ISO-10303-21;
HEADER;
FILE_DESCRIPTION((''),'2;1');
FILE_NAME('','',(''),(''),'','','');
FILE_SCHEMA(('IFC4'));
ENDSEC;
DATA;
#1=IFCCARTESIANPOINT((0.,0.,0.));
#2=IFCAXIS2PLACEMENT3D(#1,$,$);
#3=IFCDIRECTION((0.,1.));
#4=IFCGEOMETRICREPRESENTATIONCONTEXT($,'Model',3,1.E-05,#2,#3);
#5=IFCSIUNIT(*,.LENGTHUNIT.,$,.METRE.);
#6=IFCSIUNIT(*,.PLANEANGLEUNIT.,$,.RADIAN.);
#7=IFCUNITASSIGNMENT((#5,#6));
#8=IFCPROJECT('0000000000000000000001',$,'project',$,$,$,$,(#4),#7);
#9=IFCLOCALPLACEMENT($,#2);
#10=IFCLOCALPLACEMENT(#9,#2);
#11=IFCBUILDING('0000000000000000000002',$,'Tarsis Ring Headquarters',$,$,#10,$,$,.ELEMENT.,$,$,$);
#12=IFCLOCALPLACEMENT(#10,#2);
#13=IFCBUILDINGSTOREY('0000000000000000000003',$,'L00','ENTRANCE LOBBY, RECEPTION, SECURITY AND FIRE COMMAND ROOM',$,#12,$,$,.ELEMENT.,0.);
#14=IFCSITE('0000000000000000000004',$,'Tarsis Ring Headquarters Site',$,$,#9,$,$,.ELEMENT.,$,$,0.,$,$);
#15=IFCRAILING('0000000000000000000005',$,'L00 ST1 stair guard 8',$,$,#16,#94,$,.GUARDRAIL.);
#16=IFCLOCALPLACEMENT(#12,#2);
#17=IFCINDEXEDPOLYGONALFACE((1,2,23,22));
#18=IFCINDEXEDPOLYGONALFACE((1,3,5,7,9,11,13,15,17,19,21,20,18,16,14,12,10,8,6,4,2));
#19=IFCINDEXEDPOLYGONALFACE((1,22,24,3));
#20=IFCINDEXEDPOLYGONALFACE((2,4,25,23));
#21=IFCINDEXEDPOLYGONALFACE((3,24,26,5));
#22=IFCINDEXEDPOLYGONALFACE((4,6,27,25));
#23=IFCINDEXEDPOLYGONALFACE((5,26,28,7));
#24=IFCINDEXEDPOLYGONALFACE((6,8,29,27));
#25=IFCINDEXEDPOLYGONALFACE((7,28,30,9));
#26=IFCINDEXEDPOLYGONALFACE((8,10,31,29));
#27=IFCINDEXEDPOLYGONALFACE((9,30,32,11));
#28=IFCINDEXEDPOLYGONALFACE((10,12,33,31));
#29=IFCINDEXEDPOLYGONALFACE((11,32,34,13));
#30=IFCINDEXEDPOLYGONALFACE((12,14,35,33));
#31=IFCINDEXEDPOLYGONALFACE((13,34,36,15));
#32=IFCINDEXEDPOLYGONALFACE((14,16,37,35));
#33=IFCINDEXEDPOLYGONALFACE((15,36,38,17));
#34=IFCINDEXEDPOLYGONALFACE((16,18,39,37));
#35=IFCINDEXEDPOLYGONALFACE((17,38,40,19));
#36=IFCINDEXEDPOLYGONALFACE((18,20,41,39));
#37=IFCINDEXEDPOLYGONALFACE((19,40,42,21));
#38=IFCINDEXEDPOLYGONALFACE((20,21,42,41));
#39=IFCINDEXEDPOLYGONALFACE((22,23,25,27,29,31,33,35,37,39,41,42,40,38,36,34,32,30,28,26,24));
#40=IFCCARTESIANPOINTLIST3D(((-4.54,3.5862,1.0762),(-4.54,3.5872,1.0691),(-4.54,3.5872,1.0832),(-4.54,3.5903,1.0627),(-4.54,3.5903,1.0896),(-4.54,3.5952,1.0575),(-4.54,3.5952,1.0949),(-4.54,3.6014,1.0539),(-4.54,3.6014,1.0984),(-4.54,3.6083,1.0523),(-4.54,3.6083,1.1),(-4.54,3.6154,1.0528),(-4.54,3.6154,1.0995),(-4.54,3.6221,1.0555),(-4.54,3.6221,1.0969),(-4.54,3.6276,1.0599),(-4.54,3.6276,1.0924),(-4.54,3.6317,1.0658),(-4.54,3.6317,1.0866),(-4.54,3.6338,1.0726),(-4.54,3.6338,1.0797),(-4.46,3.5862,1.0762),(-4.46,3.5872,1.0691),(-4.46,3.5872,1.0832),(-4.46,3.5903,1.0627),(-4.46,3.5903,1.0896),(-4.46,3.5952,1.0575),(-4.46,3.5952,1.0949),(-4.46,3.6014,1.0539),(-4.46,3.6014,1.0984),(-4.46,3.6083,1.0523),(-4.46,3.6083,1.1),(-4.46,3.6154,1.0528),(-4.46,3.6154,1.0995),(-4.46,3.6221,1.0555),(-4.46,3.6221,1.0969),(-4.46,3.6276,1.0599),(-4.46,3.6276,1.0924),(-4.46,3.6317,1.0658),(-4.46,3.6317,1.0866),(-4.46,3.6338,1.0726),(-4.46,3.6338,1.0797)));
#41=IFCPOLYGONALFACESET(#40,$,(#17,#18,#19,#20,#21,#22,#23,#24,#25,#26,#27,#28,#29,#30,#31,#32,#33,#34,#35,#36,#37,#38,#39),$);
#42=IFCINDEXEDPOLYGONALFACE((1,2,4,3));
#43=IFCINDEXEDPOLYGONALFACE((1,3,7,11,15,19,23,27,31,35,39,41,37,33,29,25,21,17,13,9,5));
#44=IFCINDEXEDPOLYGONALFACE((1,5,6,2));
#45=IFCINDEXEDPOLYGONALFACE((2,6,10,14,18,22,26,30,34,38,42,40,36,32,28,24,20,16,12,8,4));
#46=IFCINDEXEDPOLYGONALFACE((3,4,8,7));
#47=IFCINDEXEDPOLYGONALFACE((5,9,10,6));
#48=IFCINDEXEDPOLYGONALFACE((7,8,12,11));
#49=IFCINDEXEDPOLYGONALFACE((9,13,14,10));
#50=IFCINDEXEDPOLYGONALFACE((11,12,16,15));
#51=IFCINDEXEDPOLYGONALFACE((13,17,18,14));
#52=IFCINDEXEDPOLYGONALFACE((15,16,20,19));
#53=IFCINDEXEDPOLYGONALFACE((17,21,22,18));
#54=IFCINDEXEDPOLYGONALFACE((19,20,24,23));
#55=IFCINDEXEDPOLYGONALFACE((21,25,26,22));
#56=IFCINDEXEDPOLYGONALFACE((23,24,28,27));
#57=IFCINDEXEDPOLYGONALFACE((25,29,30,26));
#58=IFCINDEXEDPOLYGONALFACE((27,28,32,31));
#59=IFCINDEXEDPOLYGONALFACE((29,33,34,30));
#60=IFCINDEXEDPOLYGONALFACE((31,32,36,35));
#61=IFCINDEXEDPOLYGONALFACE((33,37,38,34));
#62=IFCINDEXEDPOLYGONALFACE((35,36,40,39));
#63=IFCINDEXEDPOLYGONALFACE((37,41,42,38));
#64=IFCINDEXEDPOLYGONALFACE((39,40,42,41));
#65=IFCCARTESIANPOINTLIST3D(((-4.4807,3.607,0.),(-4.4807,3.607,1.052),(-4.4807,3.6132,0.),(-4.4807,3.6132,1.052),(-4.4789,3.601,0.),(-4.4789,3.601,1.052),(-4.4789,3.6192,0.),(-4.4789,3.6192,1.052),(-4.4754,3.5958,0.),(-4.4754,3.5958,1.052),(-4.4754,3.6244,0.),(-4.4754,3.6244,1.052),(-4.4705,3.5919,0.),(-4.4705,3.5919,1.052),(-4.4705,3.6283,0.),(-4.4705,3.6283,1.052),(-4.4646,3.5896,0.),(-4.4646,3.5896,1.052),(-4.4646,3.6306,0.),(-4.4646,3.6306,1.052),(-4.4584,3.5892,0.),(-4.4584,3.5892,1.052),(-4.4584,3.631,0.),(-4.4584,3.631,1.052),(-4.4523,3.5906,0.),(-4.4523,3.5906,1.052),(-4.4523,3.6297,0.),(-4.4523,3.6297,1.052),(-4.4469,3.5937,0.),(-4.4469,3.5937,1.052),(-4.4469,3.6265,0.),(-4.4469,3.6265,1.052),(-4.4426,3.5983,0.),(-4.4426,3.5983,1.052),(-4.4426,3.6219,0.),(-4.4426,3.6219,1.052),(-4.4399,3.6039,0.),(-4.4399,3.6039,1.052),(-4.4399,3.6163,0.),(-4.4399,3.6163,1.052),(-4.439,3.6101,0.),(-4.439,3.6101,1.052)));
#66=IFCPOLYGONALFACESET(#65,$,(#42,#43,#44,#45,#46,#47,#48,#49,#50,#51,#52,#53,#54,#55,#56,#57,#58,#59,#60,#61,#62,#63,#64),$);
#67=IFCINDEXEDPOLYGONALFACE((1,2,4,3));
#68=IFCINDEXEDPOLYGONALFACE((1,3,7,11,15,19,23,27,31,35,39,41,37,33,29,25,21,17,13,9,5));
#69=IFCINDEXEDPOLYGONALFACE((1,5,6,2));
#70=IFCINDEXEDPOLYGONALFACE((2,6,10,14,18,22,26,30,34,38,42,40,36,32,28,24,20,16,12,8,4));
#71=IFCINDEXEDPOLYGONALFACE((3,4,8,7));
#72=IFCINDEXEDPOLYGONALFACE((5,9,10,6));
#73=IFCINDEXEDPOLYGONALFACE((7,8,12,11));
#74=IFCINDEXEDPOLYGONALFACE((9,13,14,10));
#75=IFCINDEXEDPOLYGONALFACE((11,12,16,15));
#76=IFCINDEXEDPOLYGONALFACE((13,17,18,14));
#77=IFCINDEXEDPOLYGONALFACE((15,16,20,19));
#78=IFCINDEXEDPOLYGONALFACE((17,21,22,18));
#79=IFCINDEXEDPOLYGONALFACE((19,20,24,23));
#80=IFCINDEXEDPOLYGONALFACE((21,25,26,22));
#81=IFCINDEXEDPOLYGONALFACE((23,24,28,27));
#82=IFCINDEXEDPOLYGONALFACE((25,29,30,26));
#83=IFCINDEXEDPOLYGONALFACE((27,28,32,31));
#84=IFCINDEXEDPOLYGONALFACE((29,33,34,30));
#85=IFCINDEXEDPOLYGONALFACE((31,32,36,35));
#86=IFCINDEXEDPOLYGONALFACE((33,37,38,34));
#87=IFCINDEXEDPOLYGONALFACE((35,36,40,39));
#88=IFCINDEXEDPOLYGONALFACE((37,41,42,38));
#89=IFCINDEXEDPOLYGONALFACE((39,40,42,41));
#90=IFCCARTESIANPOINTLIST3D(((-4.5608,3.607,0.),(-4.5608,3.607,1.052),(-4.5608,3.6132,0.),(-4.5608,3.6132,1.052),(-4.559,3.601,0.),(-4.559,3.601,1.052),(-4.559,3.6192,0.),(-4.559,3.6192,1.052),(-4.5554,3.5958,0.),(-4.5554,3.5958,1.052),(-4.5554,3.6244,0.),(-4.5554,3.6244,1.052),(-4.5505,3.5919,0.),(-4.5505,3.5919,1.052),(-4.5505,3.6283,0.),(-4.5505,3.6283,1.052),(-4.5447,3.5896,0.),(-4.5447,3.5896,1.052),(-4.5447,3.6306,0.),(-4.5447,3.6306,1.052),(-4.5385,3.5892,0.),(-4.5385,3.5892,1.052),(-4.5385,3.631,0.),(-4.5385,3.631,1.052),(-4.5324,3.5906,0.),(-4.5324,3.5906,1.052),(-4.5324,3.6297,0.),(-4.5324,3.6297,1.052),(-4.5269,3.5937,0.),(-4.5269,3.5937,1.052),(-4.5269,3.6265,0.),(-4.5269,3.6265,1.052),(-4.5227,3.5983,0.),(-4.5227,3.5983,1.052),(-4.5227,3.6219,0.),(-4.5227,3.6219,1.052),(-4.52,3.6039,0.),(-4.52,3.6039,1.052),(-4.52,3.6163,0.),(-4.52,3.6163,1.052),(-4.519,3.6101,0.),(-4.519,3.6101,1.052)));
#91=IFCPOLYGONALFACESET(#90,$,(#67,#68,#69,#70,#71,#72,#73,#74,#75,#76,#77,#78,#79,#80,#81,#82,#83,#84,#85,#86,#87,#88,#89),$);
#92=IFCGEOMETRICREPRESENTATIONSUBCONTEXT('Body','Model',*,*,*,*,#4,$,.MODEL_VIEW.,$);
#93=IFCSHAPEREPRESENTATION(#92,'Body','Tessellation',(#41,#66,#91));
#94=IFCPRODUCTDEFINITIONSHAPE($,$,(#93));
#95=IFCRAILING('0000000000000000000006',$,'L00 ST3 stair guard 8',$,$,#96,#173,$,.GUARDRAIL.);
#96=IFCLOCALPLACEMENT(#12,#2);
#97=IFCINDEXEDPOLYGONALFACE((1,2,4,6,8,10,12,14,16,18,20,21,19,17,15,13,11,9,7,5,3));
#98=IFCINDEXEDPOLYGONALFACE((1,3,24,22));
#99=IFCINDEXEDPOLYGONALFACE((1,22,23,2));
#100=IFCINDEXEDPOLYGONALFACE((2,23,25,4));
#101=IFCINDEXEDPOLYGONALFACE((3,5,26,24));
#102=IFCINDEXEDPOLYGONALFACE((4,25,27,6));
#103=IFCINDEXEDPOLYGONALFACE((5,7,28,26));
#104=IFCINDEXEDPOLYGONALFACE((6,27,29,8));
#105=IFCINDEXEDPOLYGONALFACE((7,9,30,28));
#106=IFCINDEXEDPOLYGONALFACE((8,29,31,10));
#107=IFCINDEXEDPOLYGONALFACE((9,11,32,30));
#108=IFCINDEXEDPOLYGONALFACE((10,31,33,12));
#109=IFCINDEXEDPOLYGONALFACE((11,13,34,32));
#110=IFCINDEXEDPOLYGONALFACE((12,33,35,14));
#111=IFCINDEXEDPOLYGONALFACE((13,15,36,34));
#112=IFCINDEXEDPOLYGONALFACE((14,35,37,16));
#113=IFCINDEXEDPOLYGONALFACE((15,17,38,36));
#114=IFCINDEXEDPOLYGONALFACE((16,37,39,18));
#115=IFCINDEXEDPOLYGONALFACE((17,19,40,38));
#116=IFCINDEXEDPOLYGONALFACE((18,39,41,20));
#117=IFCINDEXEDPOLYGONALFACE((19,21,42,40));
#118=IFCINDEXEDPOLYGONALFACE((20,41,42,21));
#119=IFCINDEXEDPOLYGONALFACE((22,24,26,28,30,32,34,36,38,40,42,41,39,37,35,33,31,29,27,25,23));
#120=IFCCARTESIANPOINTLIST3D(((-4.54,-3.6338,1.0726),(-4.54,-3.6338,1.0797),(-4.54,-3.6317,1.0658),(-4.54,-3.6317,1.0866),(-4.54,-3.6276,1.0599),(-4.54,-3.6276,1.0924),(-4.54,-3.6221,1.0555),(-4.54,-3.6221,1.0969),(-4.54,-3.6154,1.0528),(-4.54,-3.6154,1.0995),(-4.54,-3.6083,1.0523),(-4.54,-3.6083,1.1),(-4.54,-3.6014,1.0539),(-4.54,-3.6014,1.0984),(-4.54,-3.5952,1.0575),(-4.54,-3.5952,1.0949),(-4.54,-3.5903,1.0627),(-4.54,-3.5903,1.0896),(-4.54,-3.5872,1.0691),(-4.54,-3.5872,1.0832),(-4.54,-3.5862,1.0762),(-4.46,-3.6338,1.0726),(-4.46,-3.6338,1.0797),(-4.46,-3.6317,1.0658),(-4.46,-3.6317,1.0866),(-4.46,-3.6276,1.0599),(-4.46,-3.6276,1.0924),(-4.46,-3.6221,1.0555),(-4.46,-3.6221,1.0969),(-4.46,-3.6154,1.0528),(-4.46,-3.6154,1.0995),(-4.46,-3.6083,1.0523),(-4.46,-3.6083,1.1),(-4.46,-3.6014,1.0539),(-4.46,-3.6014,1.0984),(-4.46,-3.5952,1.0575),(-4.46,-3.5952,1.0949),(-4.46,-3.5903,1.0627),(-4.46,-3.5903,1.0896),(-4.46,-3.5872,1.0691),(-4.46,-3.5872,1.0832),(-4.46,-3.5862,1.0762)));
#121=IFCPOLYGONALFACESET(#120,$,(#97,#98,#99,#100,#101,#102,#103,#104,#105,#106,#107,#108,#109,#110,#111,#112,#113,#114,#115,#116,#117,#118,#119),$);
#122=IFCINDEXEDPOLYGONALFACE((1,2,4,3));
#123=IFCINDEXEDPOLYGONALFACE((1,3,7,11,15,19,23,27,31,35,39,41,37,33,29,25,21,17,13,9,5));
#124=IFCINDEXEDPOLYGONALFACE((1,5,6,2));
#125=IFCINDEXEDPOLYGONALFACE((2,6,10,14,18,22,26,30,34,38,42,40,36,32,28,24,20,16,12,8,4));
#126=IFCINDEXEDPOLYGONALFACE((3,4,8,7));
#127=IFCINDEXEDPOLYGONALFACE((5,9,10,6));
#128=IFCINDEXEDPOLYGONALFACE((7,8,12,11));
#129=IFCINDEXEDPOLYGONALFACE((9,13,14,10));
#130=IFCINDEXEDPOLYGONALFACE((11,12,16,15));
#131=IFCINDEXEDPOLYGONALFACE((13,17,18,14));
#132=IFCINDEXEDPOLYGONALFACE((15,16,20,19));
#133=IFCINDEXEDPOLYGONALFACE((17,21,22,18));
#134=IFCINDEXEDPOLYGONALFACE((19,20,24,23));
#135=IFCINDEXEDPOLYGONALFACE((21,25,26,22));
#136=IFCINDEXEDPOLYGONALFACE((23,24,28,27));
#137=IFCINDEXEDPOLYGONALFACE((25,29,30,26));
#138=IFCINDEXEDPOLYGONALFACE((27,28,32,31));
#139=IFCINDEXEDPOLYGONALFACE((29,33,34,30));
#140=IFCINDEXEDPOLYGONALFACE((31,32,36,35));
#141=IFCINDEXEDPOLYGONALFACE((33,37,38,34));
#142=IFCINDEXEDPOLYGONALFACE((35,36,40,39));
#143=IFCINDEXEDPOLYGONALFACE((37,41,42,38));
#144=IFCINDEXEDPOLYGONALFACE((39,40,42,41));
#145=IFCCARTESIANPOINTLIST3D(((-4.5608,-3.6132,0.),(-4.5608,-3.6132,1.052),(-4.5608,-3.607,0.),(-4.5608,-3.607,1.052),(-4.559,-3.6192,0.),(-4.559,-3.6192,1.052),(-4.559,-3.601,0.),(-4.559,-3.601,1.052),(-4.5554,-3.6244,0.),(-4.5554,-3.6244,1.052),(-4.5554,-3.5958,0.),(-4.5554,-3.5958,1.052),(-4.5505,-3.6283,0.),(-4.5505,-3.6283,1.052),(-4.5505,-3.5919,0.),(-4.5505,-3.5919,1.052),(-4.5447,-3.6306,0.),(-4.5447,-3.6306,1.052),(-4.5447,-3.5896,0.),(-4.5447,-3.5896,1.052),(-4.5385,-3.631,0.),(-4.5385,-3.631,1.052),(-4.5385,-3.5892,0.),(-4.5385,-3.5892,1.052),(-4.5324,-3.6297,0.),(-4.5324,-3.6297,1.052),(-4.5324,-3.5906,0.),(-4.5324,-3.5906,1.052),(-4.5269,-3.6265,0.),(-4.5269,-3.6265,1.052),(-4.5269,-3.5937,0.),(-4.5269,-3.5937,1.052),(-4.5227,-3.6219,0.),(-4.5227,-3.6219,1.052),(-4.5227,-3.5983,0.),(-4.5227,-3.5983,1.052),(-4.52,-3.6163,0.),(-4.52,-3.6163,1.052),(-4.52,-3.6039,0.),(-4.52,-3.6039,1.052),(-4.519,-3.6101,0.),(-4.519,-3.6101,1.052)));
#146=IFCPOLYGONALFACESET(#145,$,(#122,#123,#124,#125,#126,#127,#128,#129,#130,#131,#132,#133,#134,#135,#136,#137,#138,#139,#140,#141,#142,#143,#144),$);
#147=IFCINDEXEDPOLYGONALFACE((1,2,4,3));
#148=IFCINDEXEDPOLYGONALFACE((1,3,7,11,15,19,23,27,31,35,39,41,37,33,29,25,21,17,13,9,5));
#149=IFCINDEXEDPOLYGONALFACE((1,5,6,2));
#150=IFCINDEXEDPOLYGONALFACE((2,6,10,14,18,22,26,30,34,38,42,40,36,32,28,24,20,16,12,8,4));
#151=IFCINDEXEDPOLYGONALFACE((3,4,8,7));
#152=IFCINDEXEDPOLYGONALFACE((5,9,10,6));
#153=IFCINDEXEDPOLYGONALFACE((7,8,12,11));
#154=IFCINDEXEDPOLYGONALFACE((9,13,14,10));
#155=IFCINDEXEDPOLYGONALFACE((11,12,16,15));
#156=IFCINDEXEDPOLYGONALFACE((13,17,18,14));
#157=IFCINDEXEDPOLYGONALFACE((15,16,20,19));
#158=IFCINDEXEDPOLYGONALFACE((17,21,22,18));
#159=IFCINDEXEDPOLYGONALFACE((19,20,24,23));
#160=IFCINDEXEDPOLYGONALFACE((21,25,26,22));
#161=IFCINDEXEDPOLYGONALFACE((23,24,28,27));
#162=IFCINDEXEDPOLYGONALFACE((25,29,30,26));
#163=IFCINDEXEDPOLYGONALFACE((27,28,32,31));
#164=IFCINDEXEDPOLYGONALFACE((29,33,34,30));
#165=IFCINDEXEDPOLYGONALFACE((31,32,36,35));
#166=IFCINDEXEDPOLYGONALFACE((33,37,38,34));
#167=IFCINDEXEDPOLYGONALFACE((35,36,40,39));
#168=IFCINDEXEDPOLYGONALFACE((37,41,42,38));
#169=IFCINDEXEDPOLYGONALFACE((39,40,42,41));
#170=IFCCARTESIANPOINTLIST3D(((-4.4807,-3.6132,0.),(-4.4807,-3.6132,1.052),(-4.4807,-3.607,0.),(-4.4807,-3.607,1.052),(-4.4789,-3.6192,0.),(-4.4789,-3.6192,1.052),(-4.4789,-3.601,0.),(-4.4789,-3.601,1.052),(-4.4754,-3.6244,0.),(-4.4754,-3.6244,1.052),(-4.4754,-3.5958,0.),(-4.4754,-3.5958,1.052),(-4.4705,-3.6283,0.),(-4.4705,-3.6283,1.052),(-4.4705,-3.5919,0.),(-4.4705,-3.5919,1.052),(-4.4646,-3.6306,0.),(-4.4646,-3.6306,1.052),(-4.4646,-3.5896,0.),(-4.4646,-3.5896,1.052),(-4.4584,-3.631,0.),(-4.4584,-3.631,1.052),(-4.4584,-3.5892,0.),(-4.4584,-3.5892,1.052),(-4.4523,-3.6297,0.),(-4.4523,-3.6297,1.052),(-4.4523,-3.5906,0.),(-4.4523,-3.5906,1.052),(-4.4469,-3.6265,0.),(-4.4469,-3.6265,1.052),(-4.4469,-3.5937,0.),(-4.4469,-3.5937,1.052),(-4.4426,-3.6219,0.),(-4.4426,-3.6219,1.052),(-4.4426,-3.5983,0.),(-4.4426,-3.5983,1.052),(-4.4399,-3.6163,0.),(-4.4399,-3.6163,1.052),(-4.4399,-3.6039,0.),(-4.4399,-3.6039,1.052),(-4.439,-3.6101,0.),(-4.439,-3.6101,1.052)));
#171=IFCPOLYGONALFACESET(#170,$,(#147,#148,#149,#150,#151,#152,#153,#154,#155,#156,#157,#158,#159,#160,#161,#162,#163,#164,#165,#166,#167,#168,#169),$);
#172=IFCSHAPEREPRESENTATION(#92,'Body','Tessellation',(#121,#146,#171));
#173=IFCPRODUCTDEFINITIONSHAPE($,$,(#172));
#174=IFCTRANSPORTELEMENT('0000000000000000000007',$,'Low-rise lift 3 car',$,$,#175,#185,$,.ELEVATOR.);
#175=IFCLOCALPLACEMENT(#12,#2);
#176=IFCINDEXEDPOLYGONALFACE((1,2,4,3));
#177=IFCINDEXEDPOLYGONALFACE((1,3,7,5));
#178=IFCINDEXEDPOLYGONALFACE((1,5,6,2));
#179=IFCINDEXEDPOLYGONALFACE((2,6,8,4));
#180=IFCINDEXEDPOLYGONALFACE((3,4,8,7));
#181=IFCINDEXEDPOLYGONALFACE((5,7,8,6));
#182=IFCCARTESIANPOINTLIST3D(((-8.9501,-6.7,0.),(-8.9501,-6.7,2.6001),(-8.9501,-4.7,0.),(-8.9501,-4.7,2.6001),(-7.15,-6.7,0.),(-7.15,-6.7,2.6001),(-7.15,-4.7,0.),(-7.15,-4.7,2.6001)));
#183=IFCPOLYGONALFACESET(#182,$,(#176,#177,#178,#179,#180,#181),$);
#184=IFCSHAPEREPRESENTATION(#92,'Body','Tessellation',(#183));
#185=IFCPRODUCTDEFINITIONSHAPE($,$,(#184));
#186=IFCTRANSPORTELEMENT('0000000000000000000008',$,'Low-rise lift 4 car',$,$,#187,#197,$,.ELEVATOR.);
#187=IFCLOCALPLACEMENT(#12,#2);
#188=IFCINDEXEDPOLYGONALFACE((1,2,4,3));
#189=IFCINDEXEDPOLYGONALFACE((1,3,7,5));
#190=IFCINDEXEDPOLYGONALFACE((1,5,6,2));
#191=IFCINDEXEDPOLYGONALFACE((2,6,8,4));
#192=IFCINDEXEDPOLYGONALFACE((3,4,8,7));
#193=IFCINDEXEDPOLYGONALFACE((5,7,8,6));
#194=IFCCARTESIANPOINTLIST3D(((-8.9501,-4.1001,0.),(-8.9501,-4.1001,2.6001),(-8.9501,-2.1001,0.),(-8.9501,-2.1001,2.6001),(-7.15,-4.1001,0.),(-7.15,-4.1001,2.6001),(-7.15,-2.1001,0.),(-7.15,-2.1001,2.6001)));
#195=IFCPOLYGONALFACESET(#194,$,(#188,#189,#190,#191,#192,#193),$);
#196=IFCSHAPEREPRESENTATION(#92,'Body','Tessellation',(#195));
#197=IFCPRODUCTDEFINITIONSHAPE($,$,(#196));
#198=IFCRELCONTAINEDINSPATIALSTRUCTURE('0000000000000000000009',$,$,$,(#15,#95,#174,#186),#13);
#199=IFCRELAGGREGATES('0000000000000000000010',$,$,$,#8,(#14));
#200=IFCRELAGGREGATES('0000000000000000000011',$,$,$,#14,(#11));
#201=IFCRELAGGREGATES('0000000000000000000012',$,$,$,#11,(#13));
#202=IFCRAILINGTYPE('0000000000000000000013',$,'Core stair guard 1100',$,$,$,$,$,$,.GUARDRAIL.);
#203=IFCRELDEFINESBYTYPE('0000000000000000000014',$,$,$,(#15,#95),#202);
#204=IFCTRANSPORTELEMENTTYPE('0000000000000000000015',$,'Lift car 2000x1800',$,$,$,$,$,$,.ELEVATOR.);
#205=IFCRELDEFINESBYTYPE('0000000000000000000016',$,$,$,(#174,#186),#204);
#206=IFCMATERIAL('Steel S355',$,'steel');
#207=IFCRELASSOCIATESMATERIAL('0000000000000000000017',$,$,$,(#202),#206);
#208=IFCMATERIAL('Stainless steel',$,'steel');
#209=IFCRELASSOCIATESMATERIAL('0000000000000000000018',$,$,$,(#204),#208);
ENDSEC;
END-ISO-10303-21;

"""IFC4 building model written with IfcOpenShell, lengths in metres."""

from ifc_helpers import new_model, si_unit, direction, frame, origin, origin_2d, place, context, subcontext, project, spatial, rectangle, circle, extrude, material, type_object, element, save


model = new_model("IFC4")

# Units and contexts
model_context = context("Model", 3, precision=1e-05, world=origin(), true_north=direction((0.0, 1.0)))
body_context = subcontext(model_context, "Body", "Model", "MODEL_VIEW")
ifc_project = project(units=[si_unit("LENGTHUNIT", "METRE"), si_unit("PLANEANGLEUNIT", "RADIAN")], contexts=[model_context])

# Site, building, storey
site_placement = place(None, origin())
site = spatial("IfcSite", under=ifc_project, at=site_placement, Name="Tarsis Ring Headquarters Site", CompositionType="ELEMENT", RefElevation=0.0)
building_placement = place(site_placement, origin())
building = spatial("IfcBuilding", under=site, at=building_placement, Name="Tarsis Ring Headquarters", CompositionType="ELEMENT")
storey_placement = place(building_placement, origin())
storey = spatial("IfcBuildingStorey", under=building, at=storey_placement, Name="L00", Description="ENTRANCE LOBBY, RECEPTION, SECURITY AND FIRE COMMAND ROOM", CompositionType="ELEMENT", Elevation=0.0)

# Shared definitions
ifc_material_1 = material(Name="Steel S355", Category="steel")

# Railings
railing_type = type_object("IfcRailingType", Name="Core stair guard 1100", PredefinedType="GUARDRAIL", material=ifc_material_1)
railing_1_placement = place(storey_placement, frame((-4.46, 3.6101, 0.0)))
element("IfcRailing", 1, at=railing_1_placement, inside=storey, type_object=railing_type, Name="L00 ST1 stair guard 8", PredefinedType="GUARDRAIL", context=body_context, shape_type="SweptSolid", body=[
    extrude(circle(Radius=0.0239, at=origin_2d()), frame((0.0, 0.0, 1.0762), z_axis=(-1.0, 0.0, 0.0), x_axis=(0.0, -1.0, 0.0)), (0.0, 0.0, 1.0), 0.0801),
    extrude(circle(Radius=0.021, at=origin_2d()), origin(), (0.0, 0.0, 1.0), 1.052),
    extrude(circle(Radius=0.021, at=origin_2d()), frame((-0.0801, 0.0, 0.0)), (0.0, 0.0, 1.0), 1.052),
])
railing_2_placement = place(storey_placement, frame((-4.54, -3.6101, 0.0)))
element("IfcRailing", 2, at=railing_2_placement, inside=storey, type_object=railing_type, Name="L00 ST3 stair guard 8", PredefinedType="GUARDRAIL", context=body_context, shape_type="SweptSolid", body=[
    extrude(circle(Radius=0.0239, at=origin_2d()), frame((0.0, 0.0, 1.0762), z_axis=(1.0, 0.0, 0.0), x_axis=(0.0, 1.0, 0.0)), (0.0, 0.0, 1.0), 0.0801),
    extrude(circle(Radius=0.021, at=origin_2d()), origin(), (0.0, 0.0, 1.0), 1.052),
    extrude(circle(Radius=0.021, at=origin_2d()), frame((0.0801, 0.0, 0.0)), (0.0, 0.0, 1.0), 1.052),
])

# Transport elements
ifc_material_2 = material(Name="Stainless steel", Category="steel")
transport_element_type = type_object("IfcTransportElementType", Name="Lift car 2000x1800", PredefinedType="ELEVATOR", material=ifc_material_2)
for number, where, z_axis, x_axis, name in (
    (3, (-8.05, -5.7, 0.0), (0.0, 0.0, 1.0), (1.0, 0.0, 0.0), "Low-rise lift 3 car"),
    (4, (-8.05, -3.1001, 0.0), (0.0, 0.0, 1.0), (1.0, 0.0, 0.0), "Low-rise lift 4 car"),
):
    element("IfcTransportElement", number, at=place(storey_placement, frame(where, z_axis=z_axis, x_axis=x_axis)), inside=storey, type_object=transport_element_type, Name=name, PredefinedType="ELEVATOR", context=body_context, shape_type="SweptSolid", body=[
        extrude(rectangle(XDim=1.8, YDim=2.0, at=origin_2d()), origin(), (0.0, 0.0, 1.0), 2.6001),
    ])

save(model, "model.ifc")
